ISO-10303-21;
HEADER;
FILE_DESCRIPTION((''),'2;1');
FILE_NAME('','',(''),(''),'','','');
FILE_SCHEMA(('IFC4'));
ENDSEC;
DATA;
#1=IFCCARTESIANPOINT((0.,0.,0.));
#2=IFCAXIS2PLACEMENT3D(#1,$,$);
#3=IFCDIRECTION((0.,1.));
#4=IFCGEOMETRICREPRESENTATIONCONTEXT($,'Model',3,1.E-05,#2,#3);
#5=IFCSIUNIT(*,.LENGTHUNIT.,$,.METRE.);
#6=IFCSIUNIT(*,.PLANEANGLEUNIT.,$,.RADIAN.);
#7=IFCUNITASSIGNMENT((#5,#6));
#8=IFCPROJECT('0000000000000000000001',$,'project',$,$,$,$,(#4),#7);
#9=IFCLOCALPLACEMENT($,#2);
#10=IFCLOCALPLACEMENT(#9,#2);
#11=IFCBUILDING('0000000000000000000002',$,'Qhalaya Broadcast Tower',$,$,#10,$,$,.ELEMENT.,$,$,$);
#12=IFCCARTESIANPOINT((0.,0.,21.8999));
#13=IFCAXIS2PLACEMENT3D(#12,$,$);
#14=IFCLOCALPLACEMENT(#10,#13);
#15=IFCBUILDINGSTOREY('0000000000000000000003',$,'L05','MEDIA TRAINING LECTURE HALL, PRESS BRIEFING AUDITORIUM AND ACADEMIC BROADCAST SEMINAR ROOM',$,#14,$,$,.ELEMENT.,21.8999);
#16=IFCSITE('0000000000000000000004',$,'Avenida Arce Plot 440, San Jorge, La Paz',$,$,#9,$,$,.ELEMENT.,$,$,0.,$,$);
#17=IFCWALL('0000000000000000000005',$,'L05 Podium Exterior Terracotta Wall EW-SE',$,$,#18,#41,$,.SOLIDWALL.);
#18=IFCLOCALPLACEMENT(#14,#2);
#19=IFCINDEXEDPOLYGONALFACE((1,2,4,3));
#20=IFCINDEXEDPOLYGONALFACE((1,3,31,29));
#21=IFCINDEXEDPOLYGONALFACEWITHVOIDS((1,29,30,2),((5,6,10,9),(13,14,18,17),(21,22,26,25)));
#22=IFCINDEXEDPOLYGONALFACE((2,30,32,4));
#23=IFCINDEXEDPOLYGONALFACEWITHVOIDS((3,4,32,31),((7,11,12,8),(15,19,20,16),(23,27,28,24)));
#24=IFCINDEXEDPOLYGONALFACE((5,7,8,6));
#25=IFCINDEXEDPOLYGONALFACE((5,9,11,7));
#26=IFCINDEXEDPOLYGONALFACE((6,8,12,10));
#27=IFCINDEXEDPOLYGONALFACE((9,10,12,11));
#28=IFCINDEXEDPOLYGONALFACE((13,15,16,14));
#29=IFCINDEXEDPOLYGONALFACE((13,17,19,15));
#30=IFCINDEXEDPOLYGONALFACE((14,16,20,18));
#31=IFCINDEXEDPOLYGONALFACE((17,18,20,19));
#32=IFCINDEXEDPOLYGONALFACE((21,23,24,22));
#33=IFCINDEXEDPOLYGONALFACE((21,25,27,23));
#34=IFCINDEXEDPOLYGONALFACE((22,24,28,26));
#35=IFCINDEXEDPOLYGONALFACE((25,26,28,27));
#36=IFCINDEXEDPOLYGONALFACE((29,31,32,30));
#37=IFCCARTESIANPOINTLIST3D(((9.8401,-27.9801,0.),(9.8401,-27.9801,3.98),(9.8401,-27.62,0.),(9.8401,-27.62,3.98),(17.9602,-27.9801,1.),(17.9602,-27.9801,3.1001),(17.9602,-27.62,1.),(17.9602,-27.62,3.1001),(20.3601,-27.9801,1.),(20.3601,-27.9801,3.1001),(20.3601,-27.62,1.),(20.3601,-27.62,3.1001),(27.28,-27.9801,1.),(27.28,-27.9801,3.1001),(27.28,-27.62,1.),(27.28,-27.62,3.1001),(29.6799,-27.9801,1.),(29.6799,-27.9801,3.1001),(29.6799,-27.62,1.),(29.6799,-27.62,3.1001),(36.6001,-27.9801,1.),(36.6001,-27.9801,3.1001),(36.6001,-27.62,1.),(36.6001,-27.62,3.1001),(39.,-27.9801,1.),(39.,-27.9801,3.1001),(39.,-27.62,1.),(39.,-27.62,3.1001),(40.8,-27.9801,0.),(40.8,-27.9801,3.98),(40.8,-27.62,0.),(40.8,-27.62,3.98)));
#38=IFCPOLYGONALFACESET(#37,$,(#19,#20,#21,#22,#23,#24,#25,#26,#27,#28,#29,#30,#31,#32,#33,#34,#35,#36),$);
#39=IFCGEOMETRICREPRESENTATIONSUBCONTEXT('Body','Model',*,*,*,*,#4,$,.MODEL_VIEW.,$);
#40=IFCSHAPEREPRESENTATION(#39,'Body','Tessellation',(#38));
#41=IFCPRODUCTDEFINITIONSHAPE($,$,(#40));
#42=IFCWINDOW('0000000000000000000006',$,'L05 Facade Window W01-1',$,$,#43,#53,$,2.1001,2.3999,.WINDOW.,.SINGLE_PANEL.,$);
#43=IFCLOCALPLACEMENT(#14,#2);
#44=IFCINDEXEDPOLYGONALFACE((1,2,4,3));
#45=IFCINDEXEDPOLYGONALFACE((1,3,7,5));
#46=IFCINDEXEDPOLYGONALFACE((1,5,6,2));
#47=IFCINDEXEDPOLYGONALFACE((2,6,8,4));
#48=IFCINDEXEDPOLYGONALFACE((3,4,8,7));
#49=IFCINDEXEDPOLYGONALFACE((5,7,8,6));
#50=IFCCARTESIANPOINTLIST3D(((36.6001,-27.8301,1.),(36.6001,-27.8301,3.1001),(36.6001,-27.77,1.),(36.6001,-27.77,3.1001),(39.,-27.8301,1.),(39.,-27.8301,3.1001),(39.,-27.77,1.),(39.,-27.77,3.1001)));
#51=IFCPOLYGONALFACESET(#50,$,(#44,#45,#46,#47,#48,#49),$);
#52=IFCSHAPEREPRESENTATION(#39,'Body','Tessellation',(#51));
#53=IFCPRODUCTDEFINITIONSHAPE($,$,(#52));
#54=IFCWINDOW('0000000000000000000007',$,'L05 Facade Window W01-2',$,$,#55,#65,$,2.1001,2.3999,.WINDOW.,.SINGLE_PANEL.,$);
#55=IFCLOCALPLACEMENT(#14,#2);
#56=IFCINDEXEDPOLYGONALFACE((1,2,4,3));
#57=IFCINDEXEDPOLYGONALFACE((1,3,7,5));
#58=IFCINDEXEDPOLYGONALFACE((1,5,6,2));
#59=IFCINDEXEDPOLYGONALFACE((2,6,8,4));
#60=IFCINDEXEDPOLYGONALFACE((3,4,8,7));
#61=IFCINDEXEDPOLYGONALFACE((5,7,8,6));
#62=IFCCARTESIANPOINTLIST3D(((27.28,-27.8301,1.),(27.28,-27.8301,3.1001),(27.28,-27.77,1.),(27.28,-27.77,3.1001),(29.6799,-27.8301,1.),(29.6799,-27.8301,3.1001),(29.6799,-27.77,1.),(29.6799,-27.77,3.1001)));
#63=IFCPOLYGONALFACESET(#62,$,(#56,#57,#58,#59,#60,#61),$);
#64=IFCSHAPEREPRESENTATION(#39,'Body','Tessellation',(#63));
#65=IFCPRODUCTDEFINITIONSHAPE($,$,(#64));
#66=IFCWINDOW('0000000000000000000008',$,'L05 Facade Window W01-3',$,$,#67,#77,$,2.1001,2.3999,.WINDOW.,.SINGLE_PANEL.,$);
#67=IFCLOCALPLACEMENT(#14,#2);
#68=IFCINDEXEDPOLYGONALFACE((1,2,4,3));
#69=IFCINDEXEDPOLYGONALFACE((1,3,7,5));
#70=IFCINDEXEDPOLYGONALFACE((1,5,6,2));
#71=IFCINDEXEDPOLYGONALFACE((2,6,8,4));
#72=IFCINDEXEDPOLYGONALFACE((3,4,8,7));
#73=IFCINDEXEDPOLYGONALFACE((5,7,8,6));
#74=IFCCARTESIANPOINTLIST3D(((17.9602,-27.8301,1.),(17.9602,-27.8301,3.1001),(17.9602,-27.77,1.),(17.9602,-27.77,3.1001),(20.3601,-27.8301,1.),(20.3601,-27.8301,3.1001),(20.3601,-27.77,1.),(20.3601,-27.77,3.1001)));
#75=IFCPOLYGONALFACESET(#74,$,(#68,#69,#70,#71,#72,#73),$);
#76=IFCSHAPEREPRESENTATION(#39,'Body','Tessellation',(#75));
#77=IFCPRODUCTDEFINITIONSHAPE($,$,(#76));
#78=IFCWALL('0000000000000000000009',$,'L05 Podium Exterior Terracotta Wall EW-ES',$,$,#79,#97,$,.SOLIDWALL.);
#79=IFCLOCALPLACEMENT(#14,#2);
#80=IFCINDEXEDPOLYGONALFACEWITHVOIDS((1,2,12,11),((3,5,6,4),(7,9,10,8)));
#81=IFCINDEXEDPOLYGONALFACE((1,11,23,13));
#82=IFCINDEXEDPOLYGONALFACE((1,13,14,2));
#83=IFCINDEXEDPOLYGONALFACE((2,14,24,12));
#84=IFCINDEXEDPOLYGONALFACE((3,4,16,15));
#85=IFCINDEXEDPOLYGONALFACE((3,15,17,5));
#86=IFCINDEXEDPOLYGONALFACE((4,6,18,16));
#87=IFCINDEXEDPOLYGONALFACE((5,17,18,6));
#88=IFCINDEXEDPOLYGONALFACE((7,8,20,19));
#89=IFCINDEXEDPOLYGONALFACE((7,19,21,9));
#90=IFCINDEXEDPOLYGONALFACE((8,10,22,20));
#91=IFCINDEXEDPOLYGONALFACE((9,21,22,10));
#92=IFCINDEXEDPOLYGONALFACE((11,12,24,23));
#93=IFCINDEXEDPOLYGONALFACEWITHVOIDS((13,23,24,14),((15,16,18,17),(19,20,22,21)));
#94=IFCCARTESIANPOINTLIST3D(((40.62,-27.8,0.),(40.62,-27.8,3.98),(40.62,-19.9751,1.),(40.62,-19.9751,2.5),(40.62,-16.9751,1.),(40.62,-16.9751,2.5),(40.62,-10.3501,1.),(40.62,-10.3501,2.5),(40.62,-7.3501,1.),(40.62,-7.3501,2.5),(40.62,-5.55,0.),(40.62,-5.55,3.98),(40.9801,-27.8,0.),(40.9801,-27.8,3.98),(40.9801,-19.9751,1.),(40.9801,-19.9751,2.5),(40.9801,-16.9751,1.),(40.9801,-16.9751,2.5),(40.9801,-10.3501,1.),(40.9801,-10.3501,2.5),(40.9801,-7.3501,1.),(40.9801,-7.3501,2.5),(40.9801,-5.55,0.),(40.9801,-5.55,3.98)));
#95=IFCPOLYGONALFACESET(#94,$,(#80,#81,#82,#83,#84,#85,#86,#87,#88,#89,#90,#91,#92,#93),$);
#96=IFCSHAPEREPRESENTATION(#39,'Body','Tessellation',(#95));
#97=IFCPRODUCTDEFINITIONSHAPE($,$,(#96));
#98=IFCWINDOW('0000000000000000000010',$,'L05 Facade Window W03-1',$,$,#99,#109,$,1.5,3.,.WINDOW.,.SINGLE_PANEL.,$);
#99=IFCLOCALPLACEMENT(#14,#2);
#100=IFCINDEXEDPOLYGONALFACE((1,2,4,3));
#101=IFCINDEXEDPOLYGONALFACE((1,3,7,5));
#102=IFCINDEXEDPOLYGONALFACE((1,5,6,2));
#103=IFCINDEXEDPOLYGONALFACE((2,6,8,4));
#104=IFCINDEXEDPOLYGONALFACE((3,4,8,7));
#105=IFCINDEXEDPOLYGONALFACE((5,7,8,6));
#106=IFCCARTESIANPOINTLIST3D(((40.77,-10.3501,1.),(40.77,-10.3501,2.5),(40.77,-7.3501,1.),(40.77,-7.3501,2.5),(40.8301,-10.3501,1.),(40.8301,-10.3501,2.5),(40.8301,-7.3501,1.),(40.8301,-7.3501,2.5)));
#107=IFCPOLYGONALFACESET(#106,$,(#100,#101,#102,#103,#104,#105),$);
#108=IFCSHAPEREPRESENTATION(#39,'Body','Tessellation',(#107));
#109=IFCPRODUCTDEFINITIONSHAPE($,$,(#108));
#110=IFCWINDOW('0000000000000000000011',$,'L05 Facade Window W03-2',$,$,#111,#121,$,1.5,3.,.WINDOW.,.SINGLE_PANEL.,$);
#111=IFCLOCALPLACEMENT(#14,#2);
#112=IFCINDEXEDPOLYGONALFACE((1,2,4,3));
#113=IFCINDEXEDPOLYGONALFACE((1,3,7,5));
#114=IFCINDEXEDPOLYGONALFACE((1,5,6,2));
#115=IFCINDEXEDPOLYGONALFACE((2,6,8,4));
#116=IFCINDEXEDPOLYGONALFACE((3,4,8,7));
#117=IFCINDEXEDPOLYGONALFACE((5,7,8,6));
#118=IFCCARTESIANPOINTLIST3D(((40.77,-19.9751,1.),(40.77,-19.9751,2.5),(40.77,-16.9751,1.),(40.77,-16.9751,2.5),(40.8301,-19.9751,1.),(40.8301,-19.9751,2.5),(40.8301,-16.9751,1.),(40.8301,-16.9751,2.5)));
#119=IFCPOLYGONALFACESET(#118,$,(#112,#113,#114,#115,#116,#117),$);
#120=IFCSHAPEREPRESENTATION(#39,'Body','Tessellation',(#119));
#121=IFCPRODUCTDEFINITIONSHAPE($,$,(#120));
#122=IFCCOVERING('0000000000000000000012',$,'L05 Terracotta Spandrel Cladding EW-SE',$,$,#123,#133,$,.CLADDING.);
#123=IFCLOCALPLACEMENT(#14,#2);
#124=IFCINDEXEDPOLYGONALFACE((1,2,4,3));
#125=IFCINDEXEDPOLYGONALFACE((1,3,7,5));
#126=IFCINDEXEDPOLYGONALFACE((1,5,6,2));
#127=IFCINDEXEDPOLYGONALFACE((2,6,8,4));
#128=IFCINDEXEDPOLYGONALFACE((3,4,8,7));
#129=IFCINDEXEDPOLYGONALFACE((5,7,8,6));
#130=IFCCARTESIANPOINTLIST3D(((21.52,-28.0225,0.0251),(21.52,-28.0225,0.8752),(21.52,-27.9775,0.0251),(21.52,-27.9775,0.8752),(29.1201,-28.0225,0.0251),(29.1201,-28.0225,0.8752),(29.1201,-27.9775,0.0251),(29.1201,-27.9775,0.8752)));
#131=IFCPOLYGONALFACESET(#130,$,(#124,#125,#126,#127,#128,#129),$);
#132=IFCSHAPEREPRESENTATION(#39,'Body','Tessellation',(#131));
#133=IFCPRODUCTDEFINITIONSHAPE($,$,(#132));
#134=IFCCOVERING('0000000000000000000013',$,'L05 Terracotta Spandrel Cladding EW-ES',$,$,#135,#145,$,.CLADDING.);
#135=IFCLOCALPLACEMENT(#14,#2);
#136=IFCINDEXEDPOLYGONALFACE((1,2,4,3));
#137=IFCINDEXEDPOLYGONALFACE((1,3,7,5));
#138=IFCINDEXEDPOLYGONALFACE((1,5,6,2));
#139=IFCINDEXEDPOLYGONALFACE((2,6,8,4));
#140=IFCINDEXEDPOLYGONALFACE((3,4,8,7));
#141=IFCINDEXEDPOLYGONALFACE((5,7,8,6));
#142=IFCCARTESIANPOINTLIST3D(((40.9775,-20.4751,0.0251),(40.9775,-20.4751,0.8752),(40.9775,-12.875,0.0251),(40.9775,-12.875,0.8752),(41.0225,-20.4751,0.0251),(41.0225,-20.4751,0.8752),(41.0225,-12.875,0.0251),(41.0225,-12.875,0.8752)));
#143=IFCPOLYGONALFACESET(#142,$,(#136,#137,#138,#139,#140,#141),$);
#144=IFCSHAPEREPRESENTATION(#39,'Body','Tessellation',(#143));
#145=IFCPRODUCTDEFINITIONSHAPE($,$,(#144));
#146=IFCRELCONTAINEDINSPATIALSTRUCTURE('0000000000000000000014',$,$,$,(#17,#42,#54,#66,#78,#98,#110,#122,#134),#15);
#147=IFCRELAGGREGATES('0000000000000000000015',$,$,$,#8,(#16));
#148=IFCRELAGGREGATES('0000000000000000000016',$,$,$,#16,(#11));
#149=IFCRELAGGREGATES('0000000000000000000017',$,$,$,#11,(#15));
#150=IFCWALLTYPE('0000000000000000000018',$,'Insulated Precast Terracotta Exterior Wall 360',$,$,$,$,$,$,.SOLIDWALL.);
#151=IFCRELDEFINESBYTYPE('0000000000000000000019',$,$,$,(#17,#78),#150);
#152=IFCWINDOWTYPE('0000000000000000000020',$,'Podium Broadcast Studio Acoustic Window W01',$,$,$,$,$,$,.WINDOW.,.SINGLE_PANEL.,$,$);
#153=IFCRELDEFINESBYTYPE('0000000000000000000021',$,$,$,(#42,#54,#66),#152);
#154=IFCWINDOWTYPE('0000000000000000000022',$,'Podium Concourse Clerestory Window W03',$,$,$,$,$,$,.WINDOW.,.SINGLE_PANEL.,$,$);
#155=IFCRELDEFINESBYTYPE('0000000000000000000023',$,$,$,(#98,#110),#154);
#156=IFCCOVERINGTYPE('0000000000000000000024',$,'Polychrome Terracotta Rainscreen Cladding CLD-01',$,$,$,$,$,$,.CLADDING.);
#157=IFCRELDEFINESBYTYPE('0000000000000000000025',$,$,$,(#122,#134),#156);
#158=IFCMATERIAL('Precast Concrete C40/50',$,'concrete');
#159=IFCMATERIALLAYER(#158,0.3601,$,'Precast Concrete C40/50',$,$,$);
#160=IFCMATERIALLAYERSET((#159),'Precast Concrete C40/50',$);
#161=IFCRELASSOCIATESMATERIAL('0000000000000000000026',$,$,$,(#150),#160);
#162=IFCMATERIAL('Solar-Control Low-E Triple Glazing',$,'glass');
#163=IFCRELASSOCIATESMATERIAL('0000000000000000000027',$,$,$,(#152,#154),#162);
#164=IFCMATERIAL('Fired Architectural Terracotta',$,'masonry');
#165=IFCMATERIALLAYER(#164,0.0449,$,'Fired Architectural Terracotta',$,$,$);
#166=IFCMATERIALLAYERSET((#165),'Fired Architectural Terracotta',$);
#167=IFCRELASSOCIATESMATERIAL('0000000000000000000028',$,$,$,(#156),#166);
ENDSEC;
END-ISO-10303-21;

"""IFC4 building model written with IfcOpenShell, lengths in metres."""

from ifc_helpers import new_model, si_unit, direction, frame, frame_2d, origin, origin_2d, place, context, subcontext, project, spatial, rectangle, extrude, material, layer, layer_set, type_object, element, fill, save


model = new_model("IFC4")

# Units and contexts
model_context = context("Model", 3, precision=1e-05, world=origin(), true_north=direction((0.0, 1.0)))
body_context = subcontext(model_context, "Body", "Model", "MODEL_VIEW")
ifc_project = project(units=[si_unit("LENGTHUNIT", "METRE"), si_unit("PLANEANGLEUNIT", "RADIAN")], contexts=[model_context])

# Site, building, storey
site_placement = place(None, origin())
site = spatial("IfcSite", under=ifc_project, at=site_placement, Name="Avenida Arce Plot 440, San Jorge, La Paz", CompositionType="ELEMENT", RefElevation=0.0)
building_placement = place(site_placement, origin())
building = spatial("IfcBuilding", under=site, at=building_placement, Name="Qhalaya Broadcast Tower", CompositionType="ELEMENT")
storey_placement = place(building_placement, frame((0.0, 0.0, 21.8999)))
storey = spatial("IfcBuildingStorey", under=building, at=storey_placement, Name="L05", Description="MEDIA TRAINING LECTURE HALL, PRESS BRIEFING AUDITORIUM AND ACADEMIC BROADCAST SEMINAR ROOM", CompositionType="ELEMENT", Elevation=21.8999)

# Walls, openings, windows
ifc_material_1 = material(Name="Precast Concrete C40/50", Category="concrete")
ifc_layer_1 = layer(ifc_material_1, 0.3601, Name="Precast Concrete C40/50")
ifc_layer_set_1 = layer_set([ifc_layer_1], Name="Precast Concrete C40/50")
wall_type_1 = type_object("IfcWallType", Name="Insulated Precast Terracotta Exterior Wall 360", PredefinedType="SOLIDWALL", material=ifc_layer_set_1)
wall_1_placement = place(storey_placement, frame((40.8, -27.8, 0.0), z_axis=(0.0, 0.0, 1.0), x_axis=(-1.0, 0.0, 0.0)))
wall_1 = element("IfcWall", 1, at=wall_1_placement, inside=storey, type_object=wall_type_1, Name="L05 Podium Exterior Terracotta Wall EW-SE", PredefinedType="SOLIDWALL", context=body_context, shape_type="SweptSolid", body=[
    extrude(rectangle(XDim=30.96, YDim=0.3601, at=frame_2d((15.48, 0.0))), origin(), (0.0, 0.0, 1.0), 3.98),
])
opening_1_placement = place(wall_1_placement, frame((1.8, 0.0, 1.0)))
opening_1 = element("IfcOpeningElement", 2, at=opening_1_placement, cuts=wall_1, PredefinedType="OPENING", context=body_context, shape_type="SweptSolid", body=[
    extrude(rectangle(XDim=2.3999, YDim=2.1001, at=frame_2d((1.2, 1.05))), frame((0.0, 0.1921, 0.0), z_axis=(0.0, -1.0, 0.0), x_axis=(1.0, 0.0, 0.0)), (0.0, 0.0, 1.0), 0.384),
])
opening_2_placement = place(wall_1_placement, frame((11.1201, 0.0, 1.0)))
opening_2 = element("IfcOpeningElement", 3, at=opening_2_placement, cuts=wall_1, PredefinedType="OPENING", context=body_context, shape_type="SweptSolid", body=[
    extrude(rectangle(XDim=2.3999, YDim=2.1001, at=frame_2d((1.2, 1.05))), frame((0.0, 0.1921, 0.0), z_axis=(0.0, -1.0, 0.0), x_axis=(1.0, 0.0, 0.0)), (0.0, 0.0, 1.0), 0.384),
])
opening_3_placement = place(wall_1_placement, frame((20.4399, 0.0, 1.0)))
opening_3 = element("IfcOpeningElement", 4, at=opening_3_placement, cuts=wall_1, PredefinedType="OPENING", context=body_context, shape_type="SweptSolid", body=[
    extrude(rectangle(XDim=2.3999, YDim=2.1001, at=frame_2d((1.2, 1.05))), frame((0.0, 0.1921, 0.0), z_axis=(0.0, -1.0, 0.0), x_axis=(1.0, 0.0, 0.0)), (0.0, 0.0, 1.0), 0.384),
])
ifc_material_2 = material(Name="Solar-Control Low-E Triple Glazing", Category="glass")
window_type_1 = type_object("IfcWindowType", Name="Podium Broadcast Studio Acoustic Window W01", PartitioningType="SINGLE_PANEL", PredefinedType="WINDOW", material=ifc_material_2)
window_1_placement = place(opening_1_placement, origin())
window_1 = element("IfcWindow", 5, at=window_1_placement, inside=storey, type_object=window_type_1, Name="L05 Facade Window W01-1", OverallHeight=2.1001, OverallWidth=2.3999, PartitioningType="SINGLE_PANEL", PredefinedType="WINDOW", context=body_context, shape_type="SweptSolid", body=[
    extrude(rectangle(XDim=2.3999, YDim=2.1001, at=frame_2d((1.2, 1.05))), frame((0.0, 0.03, 0.0), z_axis=(0.0, -1.0, 0.0), x_axis=(1.0, 0.0, 0.0)), (0.0, 0.0, 1.0), 0.0601),
])
fill(opening_1, window_1)
window_2_placement = place(opening_2_placement, origin())
window_2 = element("IfcWindow", 6, at=window_2_placement, inside=storey, type_object=window_type_1, Name="L05 Facade Window W01-2", OverallHeight=2.1001, OverallWidth=2.3999, PartitioningType="SINGLE_PANEL", PredefinedType="WINDOW", context=body_context, shape_type="SweptSolid", body=[
    extrude(rectangle(XDim=2.3999, YDim=2.1001, at=frame_2d((1.2, 1.05))), frame((0.0, 0.03, 0.0), z_axis=(0.0, -1.0, 0.0), x_axis=(1.0, 0.0, 0.0)), (0.0, 0.0, 1.0), 0.0601),
])
fill(opening_2, window_2)
window_3_placement = place(opening_3_placement, origin())
window_3 = element("IfcWindow", 7, at=window_3_placement, inside=storey, type_object=window_type_1, Name="L05 Facade Window W01-3", OverallHeight=2.1001, OverallWidth=2.3999, PartitioningType="SINGLE_PANEL", PredefinedType="WINDOW", context=body_context, shape_type="SweptSolid", body=[
    extrude(rectangle(XDim=2.3999, YDim=2.1001, at=frame_2d((1.2, 1.05))), frame((0.0, 0.03, 0.0), z_axis=(0.0, -1.0, 0.0), x_axis=(1.0, 0.0, 0.0)), (0.0, 0.0, 1.0), 0.0601),
])
fill(opening_3, window_3)
wall_2_placement = place(storey_placement, frame((40.8, -5.55, 0.0), z_axis=(0.0, 0.0, 1.0), x_axis=(0.0, -1.0, 0.0)))
wall_2 = element("IfcWall", 8, at=wall_2_placement, inside=storey, type_object=wall_type_1, Name="L05 Podium Exterior Terracotta Wall EW-ES", PredefinedType="SOLIDWALL", context=body_context, shape_type="SweptSolid", body=[
    extrude(rectangle(XDim=22.25, YDim=0.3601, at=frame_2d((11.125, 0.0))), origin(), (0.0, 0.0, 1.0), 3.98),
])
opening_4_placement = place(wall_2_placement, frame((1.8, 0.0, 1.0)))
opening_4 = element("IfcOpeningElement", 9, at=opening_4_placement, cuts=wall_2, PredefinedType="OPENING", context=body_context, shape_type="SweptSolid", body=[
    extrude(rectangle(XDim=3.0, YDim=1.5, at=frame_2d((1.5, 0.75))), frame((0.0, 0.1921, 0.0), z_axis=(0.0, -1.0, 0.0), x_axis=(1.0, 0.0, 0.0)), (0.0, 0.0, 1.0), 0.384),
])
opening_5_placement = place(wall_2_placement, frame((11.425, 0.0, 1.0)))
opening_5 = element("IfcOpeningElement", 10, at=opening_5_placement, cuts=wall_2, PredefinedType="OPENING", context=body_context, shape_type="SweptSolid", body=[
    extrude(rectangle(XDim=3.0, YDim=1.5, at=frame_2d((1.5, 0.75))), frame((0.0, 0.1921, 0.0), z_axis=(0.0, -1.0, 0.0), x_axis=(1.0, 0.0, 0.0)), (0.0, 0.0, 1.0), 0.384),
])
window_type_2 = type_object("IfcWindowType", Name="Podium Concourse Clerestory Window W03", PartitioningType="SINGLE_PANEL", PredefinedType="WINDOW", material=ifc_material_2)
window_4_placement = place(opening_4_placement, origin())
window_4 = element("IfcWindow", 11, at=window_4_placement, inside=storey, type_object=window_type_2, Name="L05 Facade Window W03-1", OverallHeight=1.5, OverallWidth=3.0, PartitioningType="SINGLE_PANEL", PredefinedType="WINDOW", context=body_context, shape_type="SweptSolid", body=[
    extrude(rectangle(XDim=3.0, YDim=1.5, at=frame_2d((1.5, 0.75))), frame((0.0, 0.03, 0.0), z_axis=(0.0, -1.0, 0.0), x_axis=(1.0, 0.0, 0.0)), (0.0, 0.0, 1.0), 0.0601),
])
fill(opening_4, window_4)
window_5_placement = place(opening_5_placement, origin())
window_5 = element("IfcWindow", 12, at=window_5_placement, inside=storey, type_object=window_type_2, Name="L05 Facade Window W03-2", OverallHeight=1.5, OverallWidth=3.0, PartitioningType="SINGLE_PANEL", PredefinedType="WINDOW", context=body_context, shape_type="SweptSolid", body=[
    extrude(rectangle(XDim=3.0, YDim=1.5, at=frame_2d((1.5, 0.75))), frame((0.0, 0.03, 0.0), z_axis=(0.0, -1.0, 0.0), x_axis=(1.0, 0.0, 0.0)), (0.0, 0.0, 1.0), 0.0601),
])
fill(opening_5, window_5)

# Coverings
ifc_material_3 = material(Name="Fired Architectural Terracotta", Category="masonry")
ifc_layer_2 = layer(ifc_material_3, 0.0449, Name="Fired Architectural Terracotta")
ifc_layer_set_2 = layer_set([ifc_layer_2], Name="Fired Architectural Terracotta")
covering_type = type_object("IfcCoveringType", Name="Polychrome Terracotta Rainscreen Cladding CLD-01", PredefinedType="CLADDING", material=ifc_layer_set_2)
for number, where, z_axis, x_axis, name in (
    (13, (25.3201, -28.0, 0.0251), (0.0, 0.0, 1.0), (-1.0, 0.0, 0.0), "L05 Terracotta Spandrel Cladding EW-SE"),
    (14, (41.0, -16.675, 0.0251), (0.0, 0.0, 1.0), (0.0, -1.0, 0.0), "L05 Terracotta Spandrel Cladding EW-ES"),
):
    element("IfcCovering", number, at=place(storey_placement, frame(where, z_axis=z_axis, x_axis=x_axis)), inside=storey, type_object=covering_type, Name=name, PredefinedType="CLADDING", context=body_context, shape_type="SweptSolid", body=[
        extrude(rectangle(XDim=7.6001, YDim=0.0449, at=origin_2d()), origin(), (0.0, 0.0, 1.0), 0.8501),
    ])

save(model, "model.ifc")
